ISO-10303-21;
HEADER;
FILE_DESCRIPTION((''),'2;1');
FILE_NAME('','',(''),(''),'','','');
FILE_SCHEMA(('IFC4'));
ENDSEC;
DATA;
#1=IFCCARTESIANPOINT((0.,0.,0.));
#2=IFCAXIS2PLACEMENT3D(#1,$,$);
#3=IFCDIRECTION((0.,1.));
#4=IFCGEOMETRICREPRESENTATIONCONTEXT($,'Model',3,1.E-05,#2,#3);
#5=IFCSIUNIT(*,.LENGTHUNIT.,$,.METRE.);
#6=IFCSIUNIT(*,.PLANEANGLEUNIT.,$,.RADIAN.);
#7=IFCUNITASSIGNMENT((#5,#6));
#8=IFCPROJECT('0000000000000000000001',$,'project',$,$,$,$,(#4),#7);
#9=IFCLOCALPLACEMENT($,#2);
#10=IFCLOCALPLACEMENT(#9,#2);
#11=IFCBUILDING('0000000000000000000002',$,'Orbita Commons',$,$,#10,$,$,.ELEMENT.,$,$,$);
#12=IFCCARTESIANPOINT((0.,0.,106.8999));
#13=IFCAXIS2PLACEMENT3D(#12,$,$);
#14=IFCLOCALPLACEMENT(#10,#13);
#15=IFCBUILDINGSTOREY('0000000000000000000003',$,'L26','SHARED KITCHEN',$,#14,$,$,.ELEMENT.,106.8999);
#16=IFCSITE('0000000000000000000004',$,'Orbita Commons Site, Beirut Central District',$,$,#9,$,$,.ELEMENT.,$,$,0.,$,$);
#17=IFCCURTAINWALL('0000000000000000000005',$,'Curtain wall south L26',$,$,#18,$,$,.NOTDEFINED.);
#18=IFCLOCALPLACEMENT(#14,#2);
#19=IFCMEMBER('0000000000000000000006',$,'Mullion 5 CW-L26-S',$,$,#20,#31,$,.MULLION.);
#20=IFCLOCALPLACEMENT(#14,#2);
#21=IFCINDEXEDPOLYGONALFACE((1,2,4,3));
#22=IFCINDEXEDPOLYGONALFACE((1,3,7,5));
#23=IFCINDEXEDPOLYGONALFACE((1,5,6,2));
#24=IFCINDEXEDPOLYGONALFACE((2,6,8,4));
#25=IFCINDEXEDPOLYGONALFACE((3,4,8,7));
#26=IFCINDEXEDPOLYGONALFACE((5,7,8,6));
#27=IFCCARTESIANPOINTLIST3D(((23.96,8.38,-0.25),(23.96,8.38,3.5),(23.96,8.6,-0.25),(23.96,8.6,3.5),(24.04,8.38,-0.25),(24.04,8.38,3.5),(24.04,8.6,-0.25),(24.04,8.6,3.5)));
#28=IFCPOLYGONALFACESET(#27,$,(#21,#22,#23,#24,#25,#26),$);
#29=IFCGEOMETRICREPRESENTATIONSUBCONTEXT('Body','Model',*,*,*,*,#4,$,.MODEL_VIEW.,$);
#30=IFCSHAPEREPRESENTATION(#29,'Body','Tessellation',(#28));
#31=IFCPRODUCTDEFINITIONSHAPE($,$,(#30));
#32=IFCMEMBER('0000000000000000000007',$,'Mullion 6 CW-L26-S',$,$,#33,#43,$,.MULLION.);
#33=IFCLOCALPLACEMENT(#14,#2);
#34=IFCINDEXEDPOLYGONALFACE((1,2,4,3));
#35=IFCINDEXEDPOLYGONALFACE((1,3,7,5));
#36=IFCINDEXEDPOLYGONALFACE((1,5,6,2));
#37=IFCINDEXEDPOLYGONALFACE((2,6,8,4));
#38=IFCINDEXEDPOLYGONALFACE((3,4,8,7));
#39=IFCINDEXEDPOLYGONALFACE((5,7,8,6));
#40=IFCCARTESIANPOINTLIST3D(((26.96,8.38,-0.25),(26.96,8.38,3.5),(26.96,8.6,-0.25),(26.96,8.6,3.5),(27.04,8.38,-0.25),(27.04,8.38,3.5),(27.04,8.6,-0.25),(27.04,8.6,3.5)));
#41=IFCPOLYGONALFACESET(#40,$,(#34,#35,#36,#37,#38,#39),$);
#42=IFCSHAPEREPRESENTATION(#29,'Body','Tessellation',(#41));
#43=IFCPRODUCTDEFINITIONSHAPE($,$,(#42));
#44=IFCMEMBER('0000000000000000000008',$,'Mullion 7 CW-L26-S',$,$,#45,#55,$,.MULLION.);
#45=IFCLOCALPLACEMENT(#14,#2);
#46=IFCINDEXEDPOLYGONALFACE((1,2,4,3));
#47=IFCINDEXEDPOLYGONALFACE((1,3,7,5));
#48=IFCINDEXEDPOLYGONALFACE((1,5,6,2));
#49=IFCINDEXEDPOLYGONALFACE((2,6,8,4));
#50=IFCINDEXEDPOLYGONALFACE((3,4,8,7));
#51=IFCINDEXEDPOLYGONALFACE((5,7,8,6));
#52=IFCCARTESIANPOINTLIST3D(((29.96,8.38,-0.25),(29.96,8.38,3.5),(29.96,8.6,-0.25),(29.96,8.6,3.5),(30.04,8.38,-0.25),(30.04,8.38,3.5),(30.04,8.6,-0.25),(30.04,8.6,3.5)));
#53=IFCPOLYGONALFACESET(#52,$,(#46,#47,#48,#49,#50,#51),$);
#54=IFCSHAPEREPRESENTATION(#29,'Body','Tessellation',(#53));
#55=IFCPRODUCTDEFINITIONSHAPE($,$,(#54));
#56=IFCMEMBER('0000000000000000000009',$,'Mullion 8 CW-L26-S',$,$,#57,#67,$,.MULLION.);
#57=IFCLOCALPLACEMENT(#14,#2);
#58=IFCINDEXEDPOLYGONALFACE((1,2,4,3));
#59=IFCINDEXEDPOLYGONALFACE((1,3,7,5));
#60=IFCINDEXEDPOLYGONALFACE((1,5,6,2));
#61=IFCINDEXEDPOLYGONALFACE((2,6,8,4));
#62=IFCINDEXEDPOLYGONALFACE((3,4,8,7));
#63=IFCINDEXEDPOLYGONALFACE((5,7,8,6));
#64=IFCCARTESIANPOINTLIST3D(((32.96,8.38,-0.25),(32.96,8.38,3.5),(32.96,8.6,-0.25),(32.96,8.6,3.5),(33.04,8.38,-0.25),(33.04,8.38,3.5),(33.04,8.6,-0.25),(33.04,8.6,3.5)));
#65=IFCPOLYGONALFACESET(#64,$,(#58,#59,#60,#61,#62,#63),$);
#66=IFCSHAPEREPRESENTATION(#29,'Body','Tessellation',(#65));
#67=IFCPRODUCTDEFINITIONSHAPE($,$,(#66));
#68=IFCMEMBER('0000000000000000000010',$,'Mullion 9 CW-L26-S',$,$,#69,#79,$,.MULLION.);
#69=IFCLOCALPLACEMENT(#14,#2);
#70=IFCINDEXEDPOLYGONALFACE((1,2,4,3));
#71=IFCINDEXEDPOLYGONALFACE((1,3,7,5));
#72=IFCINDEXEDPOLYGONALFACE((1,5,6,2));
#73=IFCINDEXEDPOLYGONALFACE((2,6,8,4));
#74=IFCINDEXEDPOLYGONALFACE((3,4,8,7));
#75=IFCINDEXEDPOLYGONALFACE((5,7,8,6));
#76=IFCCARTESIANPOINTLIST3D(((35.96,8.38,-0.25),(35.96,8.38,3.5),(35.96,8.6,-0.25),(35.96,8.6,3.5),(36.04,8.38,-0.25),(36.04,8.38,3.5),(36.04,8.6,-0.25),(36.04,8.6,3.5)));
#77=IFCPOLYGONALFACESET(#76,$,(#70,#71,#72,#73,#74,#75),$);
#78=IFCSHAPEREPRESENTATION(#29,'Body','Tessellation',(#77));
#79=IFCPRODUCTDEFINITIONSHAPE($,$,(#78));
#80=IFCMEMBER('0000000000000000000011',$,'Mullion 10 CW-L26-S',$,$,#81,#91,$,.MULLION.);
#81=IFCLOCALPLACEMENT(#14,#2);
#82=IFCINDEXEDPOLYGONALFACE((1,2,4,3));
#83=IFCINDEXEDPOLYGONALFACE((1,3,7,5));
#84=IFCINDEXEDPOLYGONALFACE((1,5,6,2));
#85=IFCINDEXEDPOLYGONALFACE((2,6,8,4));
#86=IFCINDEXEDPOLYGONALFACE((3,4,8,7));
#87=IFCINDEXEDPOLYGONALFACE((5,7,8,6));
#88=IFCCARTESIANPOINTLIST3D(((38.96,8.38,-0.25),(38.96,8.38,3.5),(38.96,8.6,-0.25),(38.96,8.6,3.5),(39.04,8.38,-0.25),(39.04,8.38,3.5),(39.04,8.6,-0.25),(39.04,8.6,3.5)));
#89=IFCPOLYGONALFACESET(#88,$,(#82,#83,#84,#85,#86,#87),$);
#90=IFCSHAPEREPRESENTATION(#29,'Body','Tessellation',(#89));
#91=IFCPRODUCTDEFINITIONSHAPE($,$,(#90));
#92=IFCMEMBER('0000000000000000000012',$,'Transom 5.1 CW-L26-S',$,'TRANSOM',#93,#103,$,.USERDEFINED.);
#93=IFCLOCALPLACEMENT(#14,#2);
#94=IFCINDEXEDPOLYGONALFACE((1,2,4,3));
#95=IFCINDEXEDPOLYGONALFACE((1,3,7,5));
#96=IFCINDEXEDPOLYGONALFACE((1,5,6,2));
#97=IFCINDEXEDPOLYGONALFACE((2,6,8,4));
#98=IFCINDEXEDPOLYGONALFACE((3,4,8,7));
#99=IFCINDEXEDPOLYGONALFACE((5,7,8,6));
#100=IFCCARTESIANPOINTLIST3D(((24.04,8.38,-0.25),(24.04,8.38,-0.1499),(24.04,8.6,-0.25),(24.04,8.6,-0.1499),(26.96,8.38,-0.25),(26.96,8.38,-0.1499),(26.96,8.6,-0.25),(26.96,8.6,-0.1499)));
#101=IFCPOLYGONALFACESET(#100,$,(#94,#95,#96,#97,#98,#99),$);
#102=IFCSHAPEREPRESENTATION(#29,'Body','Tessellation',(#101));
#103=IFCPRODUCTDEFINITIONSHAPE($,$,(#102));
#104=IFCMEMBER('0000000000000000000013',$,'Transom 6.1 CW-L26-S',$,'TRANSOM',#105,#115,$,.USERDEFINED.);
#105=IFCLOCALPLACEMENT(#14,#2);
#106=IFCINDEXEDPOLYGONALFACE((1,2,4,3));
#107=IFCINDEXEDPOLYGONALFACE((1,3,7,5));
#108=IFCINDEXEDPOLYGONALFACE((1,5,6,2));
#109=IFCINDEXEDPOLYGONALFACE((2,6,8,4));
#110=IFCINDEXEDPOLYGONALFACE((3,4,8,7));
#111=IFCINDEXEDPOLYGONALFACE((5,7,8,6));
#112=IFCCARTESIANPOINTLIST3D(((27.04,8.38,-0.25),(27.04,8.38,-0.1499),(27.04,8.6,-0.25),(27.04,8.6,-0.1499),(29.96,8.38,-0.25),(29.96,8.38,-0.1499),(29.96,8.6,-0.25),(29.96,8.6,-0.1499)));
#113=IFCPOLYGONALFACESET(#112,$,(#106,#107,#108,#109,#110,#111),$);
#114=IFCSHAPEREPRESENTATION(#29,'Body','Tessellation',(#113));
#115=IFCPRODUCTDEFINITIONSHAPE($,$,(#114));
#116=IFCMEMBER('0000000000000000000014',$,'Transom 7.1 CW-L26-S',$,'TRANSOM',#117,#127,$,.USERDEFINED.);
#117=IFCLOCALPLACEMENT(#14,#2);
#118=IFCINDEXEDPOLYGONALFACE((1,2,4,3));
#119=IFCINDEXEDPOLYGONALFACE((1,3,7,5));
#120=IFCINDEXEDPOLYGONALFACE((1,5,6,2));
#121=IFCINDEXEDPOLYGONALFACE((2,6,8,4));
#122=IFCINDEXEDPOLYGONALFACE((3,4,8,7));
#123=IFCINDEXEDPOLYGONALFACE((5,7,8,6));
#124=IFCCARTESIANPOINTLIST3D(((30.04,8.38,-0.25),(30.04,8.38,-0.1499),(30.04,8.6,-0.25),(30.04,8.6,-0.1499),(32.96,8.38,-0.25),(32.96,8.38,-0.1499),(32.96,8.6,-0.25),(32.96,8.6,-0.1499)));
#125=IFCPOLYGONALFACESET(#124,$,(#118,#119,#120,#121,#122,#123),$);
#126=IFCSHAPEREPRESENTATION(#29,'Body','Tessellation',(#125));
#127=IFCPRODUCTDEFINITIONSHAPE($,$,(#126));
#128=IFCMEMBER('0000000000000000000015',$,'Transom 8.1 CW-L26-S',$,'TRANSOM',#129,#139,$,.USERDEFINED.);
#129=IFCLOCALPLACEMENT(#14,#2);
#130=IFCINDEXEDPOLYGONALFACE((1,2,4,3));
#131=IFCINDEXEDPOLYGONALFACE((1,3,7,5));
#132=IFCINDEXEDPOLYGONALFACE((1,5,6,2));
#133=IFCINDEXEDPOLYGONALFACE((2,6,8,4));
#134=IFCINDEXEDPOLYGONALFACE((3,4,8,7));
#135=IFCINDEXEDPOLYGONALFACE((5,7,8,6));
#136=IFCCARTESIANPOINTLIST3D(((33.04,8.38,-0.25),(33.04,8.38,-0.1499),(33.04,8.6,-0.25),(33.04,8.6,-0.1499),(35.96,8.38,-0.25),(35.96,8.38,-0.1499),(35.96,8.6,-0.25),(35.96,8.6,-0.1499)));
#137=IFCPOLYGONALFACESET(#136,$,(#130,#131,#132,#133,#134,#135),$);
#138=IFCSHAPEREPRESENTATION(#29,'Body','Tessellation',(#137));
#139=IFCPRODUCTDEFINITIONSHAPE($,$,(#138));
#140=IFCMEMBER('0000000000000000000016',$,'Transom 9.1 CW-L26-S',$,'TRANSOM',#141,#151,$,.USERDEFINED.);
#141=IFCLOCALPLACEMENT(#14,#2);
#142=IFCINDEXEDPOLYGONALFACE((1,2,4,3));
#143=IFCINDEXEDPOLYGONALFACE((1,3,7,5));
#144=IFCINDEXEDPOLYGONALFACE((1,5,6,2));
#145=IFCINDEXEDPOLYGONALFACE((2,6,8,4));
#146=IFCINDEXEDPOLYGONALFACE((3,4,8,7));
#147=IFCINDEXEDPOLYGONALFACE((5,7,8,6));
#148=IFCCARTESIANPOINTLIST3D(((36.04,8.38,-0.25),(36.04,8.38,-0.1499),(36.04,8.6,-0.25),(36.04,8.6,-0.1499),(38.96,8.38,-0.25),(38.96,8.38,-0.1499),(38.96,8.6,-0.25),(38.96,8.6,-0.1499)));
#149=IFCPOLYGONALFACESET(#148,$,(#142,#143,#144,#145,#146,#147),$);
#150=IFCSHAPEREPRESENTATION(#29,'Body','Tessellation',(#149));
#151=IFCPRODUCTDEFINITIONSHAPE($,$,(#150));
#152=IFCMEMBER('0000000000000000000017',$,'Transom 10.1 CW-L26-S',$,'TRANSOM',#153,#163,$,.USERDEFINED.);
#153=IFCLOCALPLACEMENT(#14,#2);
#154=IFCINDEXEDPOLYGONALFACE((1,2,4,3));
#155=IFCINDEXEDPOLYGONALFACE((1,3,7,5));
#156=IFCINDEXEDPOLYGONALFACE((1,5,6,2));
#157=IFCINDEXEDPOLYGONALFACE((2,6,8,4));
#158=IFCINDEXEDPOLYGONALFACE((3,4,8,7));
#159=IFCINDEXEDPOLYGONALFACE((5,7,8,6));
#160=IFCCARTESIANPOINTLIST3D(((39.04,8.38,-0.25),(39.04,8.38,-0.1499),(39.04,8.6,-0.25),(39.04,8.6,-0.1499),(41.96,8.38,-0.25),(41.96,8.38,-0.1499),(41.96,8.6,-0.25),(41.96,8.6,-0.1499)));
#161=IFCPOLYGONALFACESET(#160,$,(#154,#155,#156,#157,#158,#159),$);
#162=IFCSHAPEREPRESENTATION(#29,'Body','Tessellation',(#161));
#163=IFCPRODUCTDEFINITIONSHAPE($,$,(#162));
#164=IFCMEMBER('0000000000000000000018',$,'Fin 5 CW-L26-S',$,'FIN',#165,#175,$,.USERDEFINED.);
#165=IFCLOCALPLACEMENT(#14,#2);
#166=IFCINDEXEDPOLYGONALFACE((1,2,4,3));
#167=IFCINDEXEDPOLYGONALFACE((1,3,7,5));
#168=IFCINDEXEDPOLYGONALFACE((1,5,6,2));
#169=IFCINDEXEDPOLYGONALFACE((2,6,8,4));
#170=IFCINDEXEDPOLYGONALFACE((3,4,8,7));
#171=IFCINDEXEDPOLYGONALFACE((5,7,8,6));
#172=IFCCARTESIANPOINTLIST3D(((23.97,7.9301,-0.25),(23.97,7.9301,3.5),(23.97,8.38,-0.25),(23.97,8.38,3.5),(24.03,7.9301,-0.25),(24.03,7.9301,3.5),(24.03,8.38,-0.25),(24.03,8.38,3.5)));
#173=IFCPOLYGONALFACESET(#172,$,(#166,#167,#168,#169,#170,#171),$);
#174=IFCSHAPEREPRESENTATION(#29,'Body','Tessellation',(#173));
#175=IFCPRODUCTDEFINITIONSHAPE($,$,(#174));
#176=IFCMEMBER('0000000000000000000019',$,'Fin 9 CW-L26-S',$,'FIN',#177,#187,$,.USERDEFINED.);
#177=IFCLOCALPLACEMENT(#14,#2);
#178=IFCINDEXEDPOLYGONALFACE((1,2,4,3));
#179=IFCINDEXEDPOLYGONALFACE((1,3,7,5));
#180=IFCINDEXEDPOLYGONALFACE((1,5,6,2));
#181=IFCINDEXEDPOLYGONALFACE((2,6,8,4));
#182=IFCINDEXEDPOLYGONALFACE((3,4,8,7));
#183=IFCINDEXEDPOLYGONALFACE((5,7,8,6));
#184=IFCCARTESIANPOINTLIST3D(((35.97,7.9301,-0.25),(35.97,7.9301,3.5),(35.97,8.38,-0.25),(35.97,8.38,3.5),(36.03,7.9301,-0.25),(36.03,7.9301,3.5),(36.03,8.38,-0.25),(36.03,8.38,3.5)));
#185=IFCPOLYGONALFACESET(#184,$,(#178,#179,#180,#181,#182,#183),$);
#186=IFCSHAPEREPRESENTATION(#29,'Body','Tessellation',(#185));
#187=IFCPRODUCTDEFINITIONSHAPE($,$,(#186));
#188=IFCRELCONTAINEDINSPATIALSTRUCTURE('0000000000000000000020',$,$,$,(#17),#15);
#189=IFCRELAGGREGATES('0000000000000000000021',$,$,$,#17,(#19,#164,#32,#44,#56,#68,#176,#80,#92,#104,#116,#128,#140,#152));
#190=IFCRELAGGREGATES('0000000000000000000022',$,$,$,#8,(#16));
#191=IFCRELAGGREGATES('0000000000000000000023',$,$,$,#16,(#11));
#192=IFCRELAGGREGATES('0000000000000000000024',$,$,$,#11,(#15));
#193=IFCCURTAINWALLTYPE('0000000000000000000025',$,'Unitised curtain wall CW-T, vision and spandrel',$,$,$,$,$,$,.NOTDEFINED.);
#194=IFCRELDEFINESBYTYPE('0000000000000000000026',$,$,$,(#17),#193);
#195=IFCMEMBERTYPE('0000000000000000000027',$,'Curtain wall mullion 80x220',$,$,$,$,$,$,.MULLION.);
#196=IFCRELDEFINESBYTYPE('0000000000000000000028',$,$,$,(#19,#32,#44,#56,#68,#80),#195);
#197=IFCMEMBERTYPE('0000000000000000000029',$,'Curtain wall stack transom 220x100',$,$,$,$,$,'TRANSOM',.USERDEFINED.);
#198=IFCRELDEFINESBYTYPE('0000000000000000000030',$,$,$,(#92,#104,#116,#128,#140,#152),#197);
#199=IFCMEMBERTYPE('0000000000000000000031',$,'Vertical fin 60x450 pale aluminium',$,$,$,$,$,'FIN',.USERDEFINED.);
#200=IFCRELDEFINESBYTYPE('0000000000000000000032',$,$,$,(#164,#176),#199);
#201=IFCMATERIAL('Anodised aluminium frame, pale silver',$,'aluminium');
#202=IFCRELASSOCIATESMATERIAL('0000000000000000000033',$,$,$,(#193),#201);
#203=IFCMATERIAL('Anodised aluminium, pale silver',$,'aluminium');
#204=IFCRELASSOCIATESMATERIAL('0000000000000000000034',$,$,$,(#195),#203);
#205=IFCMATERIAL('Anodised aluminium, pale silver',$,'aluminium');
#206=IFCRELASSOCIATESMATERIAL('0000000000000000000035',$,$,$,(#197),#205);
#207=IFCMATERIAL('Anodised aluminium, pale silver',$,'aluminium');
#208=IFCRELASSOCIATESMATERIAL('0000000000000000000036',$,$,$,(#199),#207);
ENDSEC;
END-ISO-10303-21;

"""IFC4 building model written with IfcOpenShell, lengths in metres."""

from ifc_helpers import new_model, si_unit, direction, frame, origin, origin_2d, place, context, subcontext, project, spatial, rectangle, extrude, material, material_profile, profile_set, type_object, element, aggregate, save


model = new_model("IFC4")

# Units and contexts
model_context = context("Model", 3, precision=1e-05, world=origin(), true_north=direction((0.0, 1.0)))
body_context = subcontext(model_context, "Body", "Model", "MODEL_VIEW")
ifc_project = project(units=[si_unit("LENGTHUNIT", "METRE"), si_unit("PLANEANGLEUNIT", "RADIAN")], contexts=[model_context])

# Site, building, storey
site_placement = place(None, origin())
site = spatial("IfcSite", under=ifc_project, at=site_placement, Name="Orbita Commons Site, Beirut Central District", CompositionType="ELEMENT", RefElevation=0.0)
building_placement = place(site_placement, origin())
building = spatial("IfcBuilding", under=site, at=building_placement, Name="Orbita Commons", CompositionType="ELEMENT")
storey_placement = place(building_placement, frame((0.0, 0.0, 106.8999)))
storey = spatial("IfcBuildingStorey", under=building, at=storey_placement, Name="L26", Description="SHARED KITCHEN", CompositionType="ELEMENT", Elevation=106.8999)

# Curtain wall, members
ifc_material_1 = material(Name="Anodised aluminium frame, pale silver", Category="aluminium")
curtain_wall_type = type_object("IfcCurtainWallType", Name="Unitised curtain wall CW-T, vision and spandrel", PredefinedType="NOTDEFINED", material=ifc_material_1)
curtain_wall_placement = place(storey_placement, origin())
curtain_wall = element("IfcCurtainWall", 1, at=curtain_wall_placement, inside=storey, type_object=curtain_wall_type, Name="Curtain wall south L26", PredefinedType="NOTDEFINED")
ifc_material_2 = material(Name="Anodised aluminium, pale silver", Category="aluminium")
ifc_material_profile_1 = material_profile(ifc_material_2, rectangle(XDim=0.0801, YDim=0.22, at=origin_2d()), Name="AL 80x220")
ifc_profile_set_1 = profile_set([ifc_material_profile_1], Name="Anodised aluminium, pale silver")
member_type_1 = type_object("IfcMemberType", Name="Curtain wall mullion 80x220", PredefinedType="MULLION", material=ifc_profile_set_1)
member_1_placement = place(storey_placement, frame((24.0, 8.49, -0.25), z_axis=(0.0, 0.0, 1.0), x_axis=(1.0, 0.0, 0.0)))
member_1 = element("IfcMember", 2, at=member_1_placement, type_object=member_type_1, Name="Mullion 5 CW-L26-S", PredefinedType="MULLION", context=body_context, shape_type="SweptSolid", body=[
    extrude(rectangle(XDim=0.0801, YDim=0.22, at=origin_2d()), origin(), (0.0, 0.0, 1.0), 3.75),
])
member_2_placement = place(storey_placement, frame((27.0, 8.49, -0.25), z_axis=(0.0, 0.0, 1.0), x_axis=(1.0, 0.0, 0.0)))
member_2 = element("IfcMember", 3, at=member_2_placement, type_object=member_type_1, Name="Mullion 6 CW-L26-S", PredefinedType="MULLION", context=body_context, shape_type="SweptSolid", body=[
    extrude(rectangle(XDim=0.0801, YDim=0.22, at=origin_2d()), origin(), (0.0, 0.0, 1.0), 3.75),
])
member_3_placement = place(storey_placement, frame((30.0, 8.49, -0.25), z_axis=(0.0, 0.0, 1.0), x_axis=(1.0, 0.0, 0.0)))
member_3 = element("IfcMember", 4, at=member_3_placement, type_object=member_type_1, Name="Mullion 7 CW-L26-S", PredefinedType="MULLION", context=body_context, shape_type="SweptSolid", body=[
    extrude(rectangle(XDim=0.0801, YDim=0.22, at=origin_2d()), origin(), (0.0, 0.0, 1.0), 3.75),
])
member_4_placement = place(storey_placement, frame((33.0, 8.49, -0.25), z_axis=(0.0, 0.0, 1.0), x_axis=(1.0, 0.0, 0.0)))
member_4 = element("IfcMember", 5, at=member_4_placement, type_object=member_type_1, Name="Mullion 8 CW-L26-S", PredefinedType="MULLION", context=body_context, shape_type="SweptSolid", body=[
    extrude(rectangle(XDim=0.0801, YDim=0.22, at=origin_2d()), origin(), (0.0, 0.0, 1.0), 3.75),
])
member_5_placement = place(storey_placement, frame((36.0, 8.49, -0.25), z_axis=(0.0, 0.0, 1.0), x_axis=(1.0, 0.0, 0.0)))
member_5 = element("IfcMember", 6, at=member_5_placement, type_object=member_type_1, Name="Mullion 9 CW-L26-S", PredefinedType="MULLION", context=body_context, shape_type="SweptSolid", body=[
    extrude(rectangle(XDim=0.0801, YDim=0.22, at=origin_2d()), origin(), (0.0, 0.0, 1.0), 3.75),
])
member_6_placement = place(storey_placement, frame((39.0, 8.49, -0.25), z_axis=(0.0, 0.0, 1.0), x_axis=(1.0, 0.0, 0.0)))
member_6 = element("IfcMember", 7, at=member_6_placement, type_object=member_type_1, Name="Mullion 10 CW-L26-S", PredefinedType="MULLION", context=body_context, shape_type="SweptSolid", body=[
    extrude(rectangle(XDim=0.0801, YDim=0.22, at=origin_2d()), origin(), (0.0, 0.0, 1.0), 3.75),
])
ifc_material_3 = material(Name="Anodised aluminium, pale silver", Category="aluminium")
ifc_material_profile_2 = material_profile(ifc_material_3, rectangle(XDim=0.22, YDim=0.1001, at=origin_2d()), Name="AL 220x100")
ifc_profile_set_2 = profile_set([ifc_material_profile_2], Name="Anodised aluminium, pale silver")
member_type_2 = type_object("IfcMemberType", Name="Curtain wall stack transom 220x100", ElementType="TRANSOM", PredefinedType="USERDEFINED", material=ifc_profile_set_2)
member_7_placement = place(storey_placement, frame((24.04, 8.49, -0.2), z_axis=(1.0, 0.0, 0.0), x_axis=(0.0, 1.0, 0.0)))
member_7 = element("IfcMember", 8, at=member_7_placement, type_object=member_type_2, Name="Transom 5.1 CW-L26-S", ObjectType="TRANSOM", PredefinedType="USERDEFINED", context=body_context, shape_type="SweptSolid", body=[
    extrude(rectangle(XDim=0.22, YDim=0.1001, at=origin_2d()), origin(), (0.0, 0.0, 1.0), 2.9199),
])
member_8_placement = place(storey_placement, frame((27.04, 8.49, -0.2), z_axis=(1.0, 0.0, 0.0), x_axis=(0.0, 1.0, 0.0)))
member_8 = element("IfcMember", 9, at=member_8_placement, type_object=member_type_2, Name="Transom 6.1 CW-L26-S", ObjectType="TRANSOM", PredefinedType="USERDEFINED", context=body_context, shape_type="SweptSolid", body=[
    extrude(rectangle(XDim=0.22, YDim=0.1001, at=origin_2d()), origin(), (0.0, 0.0, 1.0), 2.9199),
])
member_9_placement = place(storey_placement, frame((30.04, 8.49, -0.2), z_axis=(1.0, 0.0, 0.0), x_axis=(0.0, 1.0, 0.0)))
member_9 = element("IfcMember", 10, at=member_9_placement, type_object=member_type_2, Name="Transom 7.1 CW-L26-S", ObjectType="TRANSOM", PredefinedType="USERDEFINED", context=body_context, shape_type="SweptSolid", body=[
    extrude(rectangle(XDim=0.22, YDim=0.1001, at=origin_2d()), origin(), (0.0, 0.0, 1.0), 2.9199),
])
member_10_placement = place(storey_placement, frame((33.04, 8.49, -0.2), z_axis=(1.0, 0.0, 0.0), x_axis=(0.0, 1.0, 0.0)))
member_10 = element("IfcMember", 11, at=member_10_placement, type_object=member_type_2, Name="Transom 8.1 CW-L26-S", ObjectType="TRANSOM", PredefinedType="USERDEFINED", context=body_context, shape_type="SweptSolid", body=[
    extrude(rectangle(XDim=0.22, YDim=0.1001, at=origin_2d()), origin(), (0.0, 0.0, 1.0), 2.9199),
])
member_11_placement = place(storey_placement, frame((36.04, 8.49, -0.2), z_axis=(1.0, 0.0, 0.0), x_axis=(0.0, 1.0, 0.0)))
member_11 = element("IfcMember", 12, at=member_11_placement, type_object=member_type_2, Name="Transom 9.1 CW-L26-S", ObjectType="TRANSOM", PredefinedType="USERDEFINED", context=body_context, shape_type="SweptSolid", body=[
    extrude(rectangle(XDim=0.22, YDim=0.1001, at=origin_2d()), origin(), (0.0, 0.0, 1.0), 2.9199),
])
member_12_placement = place(storey_placement, frame((39.04, 8.49, -0.2), z_axis=(1.0, 0.0, 0.0), x_axis=(0.0, 1.0, 0.0)))
member_12 = element("IfcMember", 13, at=member_12_placement, type_object=member_type_2, Name="Transom 10.1 CW-L26-S", ObjectType="TRANSOM", PredefinedType="USERDEFINED", context=body_context, shape_type="SweptSolid", body=[
    extrude(rectangle(XDim=0.22, YDim=0.1001, at=origin_2d()), origin(), (0.0, 0.0, 1.0), 2.9199),
])
ifc_material_4 = material(Name="Anodised aluminium, pale silver", Category="aluminium")
ifc_material_profile_3 = material_profile(ifc_material_4, rectangle(XDim=0.0601, YDim=0.45, at=origin_2d()), Name="FIN 60x450")
ifc_profile_set_3 = profile_set([ifc_material_profile_3], Name="Anodised aluminium, pale silver")
member_type_3 = type_object("IfcMemberType", Name="Vertical fin 60x450 pale aluminium", ElementType="FIN", PredefinedType="USERDEFINED", material=ifc_profile_set_3)
member_13_placement = place(storey_placement, frame((24.0, 8.155, -0.25), z_axis=(0.0, 0.0, 1.0), x_axis=(1.0, 0.0, 0.0)))
member_13 = element("IfcMember", 14, at=member_13_placement, type_object=member_type_3, Name="Fin 5 CW-L26-S", ObjectType="FIN", PredefinedType="USERDEFINED", context=body_context, shape_type="SweptSolid", body=[
    extrude(rectangle(XDim=0.0601, YDim=0.45, at=origin_2d()), origin(), (0.0, 0.0, 1.0), 3.75),
])
member_14_placement = place(storey_placement, frame((36.0, 8.155, -0.25), z_axis=(0.0, 0.0, 1.0), x_axis=(1.0, 0.0, 0.0)))
member_14 = element("IfcMember", 15, at=member_14_placement, type_object=member_type_3, Name="Fin 9 CW-L26-S", ObjectType="FIN", PredefinedType="USERDEFINED", context=body_context, shape_type="SweptSolid", body=[
    extrude(rectangle(XDim=0.0601, YDim=0.45, at=origin_2d()), origin(), (0.0, 0.0, 1.0), 3.75),
])
aggregate(curtain_wall, [member_1, member_13, member_2, member_3, member_4, member_5, member_14, member_6, member_7, member_8, member_9, member_10, member_11, member_12])

save(model, "model.ifc")
